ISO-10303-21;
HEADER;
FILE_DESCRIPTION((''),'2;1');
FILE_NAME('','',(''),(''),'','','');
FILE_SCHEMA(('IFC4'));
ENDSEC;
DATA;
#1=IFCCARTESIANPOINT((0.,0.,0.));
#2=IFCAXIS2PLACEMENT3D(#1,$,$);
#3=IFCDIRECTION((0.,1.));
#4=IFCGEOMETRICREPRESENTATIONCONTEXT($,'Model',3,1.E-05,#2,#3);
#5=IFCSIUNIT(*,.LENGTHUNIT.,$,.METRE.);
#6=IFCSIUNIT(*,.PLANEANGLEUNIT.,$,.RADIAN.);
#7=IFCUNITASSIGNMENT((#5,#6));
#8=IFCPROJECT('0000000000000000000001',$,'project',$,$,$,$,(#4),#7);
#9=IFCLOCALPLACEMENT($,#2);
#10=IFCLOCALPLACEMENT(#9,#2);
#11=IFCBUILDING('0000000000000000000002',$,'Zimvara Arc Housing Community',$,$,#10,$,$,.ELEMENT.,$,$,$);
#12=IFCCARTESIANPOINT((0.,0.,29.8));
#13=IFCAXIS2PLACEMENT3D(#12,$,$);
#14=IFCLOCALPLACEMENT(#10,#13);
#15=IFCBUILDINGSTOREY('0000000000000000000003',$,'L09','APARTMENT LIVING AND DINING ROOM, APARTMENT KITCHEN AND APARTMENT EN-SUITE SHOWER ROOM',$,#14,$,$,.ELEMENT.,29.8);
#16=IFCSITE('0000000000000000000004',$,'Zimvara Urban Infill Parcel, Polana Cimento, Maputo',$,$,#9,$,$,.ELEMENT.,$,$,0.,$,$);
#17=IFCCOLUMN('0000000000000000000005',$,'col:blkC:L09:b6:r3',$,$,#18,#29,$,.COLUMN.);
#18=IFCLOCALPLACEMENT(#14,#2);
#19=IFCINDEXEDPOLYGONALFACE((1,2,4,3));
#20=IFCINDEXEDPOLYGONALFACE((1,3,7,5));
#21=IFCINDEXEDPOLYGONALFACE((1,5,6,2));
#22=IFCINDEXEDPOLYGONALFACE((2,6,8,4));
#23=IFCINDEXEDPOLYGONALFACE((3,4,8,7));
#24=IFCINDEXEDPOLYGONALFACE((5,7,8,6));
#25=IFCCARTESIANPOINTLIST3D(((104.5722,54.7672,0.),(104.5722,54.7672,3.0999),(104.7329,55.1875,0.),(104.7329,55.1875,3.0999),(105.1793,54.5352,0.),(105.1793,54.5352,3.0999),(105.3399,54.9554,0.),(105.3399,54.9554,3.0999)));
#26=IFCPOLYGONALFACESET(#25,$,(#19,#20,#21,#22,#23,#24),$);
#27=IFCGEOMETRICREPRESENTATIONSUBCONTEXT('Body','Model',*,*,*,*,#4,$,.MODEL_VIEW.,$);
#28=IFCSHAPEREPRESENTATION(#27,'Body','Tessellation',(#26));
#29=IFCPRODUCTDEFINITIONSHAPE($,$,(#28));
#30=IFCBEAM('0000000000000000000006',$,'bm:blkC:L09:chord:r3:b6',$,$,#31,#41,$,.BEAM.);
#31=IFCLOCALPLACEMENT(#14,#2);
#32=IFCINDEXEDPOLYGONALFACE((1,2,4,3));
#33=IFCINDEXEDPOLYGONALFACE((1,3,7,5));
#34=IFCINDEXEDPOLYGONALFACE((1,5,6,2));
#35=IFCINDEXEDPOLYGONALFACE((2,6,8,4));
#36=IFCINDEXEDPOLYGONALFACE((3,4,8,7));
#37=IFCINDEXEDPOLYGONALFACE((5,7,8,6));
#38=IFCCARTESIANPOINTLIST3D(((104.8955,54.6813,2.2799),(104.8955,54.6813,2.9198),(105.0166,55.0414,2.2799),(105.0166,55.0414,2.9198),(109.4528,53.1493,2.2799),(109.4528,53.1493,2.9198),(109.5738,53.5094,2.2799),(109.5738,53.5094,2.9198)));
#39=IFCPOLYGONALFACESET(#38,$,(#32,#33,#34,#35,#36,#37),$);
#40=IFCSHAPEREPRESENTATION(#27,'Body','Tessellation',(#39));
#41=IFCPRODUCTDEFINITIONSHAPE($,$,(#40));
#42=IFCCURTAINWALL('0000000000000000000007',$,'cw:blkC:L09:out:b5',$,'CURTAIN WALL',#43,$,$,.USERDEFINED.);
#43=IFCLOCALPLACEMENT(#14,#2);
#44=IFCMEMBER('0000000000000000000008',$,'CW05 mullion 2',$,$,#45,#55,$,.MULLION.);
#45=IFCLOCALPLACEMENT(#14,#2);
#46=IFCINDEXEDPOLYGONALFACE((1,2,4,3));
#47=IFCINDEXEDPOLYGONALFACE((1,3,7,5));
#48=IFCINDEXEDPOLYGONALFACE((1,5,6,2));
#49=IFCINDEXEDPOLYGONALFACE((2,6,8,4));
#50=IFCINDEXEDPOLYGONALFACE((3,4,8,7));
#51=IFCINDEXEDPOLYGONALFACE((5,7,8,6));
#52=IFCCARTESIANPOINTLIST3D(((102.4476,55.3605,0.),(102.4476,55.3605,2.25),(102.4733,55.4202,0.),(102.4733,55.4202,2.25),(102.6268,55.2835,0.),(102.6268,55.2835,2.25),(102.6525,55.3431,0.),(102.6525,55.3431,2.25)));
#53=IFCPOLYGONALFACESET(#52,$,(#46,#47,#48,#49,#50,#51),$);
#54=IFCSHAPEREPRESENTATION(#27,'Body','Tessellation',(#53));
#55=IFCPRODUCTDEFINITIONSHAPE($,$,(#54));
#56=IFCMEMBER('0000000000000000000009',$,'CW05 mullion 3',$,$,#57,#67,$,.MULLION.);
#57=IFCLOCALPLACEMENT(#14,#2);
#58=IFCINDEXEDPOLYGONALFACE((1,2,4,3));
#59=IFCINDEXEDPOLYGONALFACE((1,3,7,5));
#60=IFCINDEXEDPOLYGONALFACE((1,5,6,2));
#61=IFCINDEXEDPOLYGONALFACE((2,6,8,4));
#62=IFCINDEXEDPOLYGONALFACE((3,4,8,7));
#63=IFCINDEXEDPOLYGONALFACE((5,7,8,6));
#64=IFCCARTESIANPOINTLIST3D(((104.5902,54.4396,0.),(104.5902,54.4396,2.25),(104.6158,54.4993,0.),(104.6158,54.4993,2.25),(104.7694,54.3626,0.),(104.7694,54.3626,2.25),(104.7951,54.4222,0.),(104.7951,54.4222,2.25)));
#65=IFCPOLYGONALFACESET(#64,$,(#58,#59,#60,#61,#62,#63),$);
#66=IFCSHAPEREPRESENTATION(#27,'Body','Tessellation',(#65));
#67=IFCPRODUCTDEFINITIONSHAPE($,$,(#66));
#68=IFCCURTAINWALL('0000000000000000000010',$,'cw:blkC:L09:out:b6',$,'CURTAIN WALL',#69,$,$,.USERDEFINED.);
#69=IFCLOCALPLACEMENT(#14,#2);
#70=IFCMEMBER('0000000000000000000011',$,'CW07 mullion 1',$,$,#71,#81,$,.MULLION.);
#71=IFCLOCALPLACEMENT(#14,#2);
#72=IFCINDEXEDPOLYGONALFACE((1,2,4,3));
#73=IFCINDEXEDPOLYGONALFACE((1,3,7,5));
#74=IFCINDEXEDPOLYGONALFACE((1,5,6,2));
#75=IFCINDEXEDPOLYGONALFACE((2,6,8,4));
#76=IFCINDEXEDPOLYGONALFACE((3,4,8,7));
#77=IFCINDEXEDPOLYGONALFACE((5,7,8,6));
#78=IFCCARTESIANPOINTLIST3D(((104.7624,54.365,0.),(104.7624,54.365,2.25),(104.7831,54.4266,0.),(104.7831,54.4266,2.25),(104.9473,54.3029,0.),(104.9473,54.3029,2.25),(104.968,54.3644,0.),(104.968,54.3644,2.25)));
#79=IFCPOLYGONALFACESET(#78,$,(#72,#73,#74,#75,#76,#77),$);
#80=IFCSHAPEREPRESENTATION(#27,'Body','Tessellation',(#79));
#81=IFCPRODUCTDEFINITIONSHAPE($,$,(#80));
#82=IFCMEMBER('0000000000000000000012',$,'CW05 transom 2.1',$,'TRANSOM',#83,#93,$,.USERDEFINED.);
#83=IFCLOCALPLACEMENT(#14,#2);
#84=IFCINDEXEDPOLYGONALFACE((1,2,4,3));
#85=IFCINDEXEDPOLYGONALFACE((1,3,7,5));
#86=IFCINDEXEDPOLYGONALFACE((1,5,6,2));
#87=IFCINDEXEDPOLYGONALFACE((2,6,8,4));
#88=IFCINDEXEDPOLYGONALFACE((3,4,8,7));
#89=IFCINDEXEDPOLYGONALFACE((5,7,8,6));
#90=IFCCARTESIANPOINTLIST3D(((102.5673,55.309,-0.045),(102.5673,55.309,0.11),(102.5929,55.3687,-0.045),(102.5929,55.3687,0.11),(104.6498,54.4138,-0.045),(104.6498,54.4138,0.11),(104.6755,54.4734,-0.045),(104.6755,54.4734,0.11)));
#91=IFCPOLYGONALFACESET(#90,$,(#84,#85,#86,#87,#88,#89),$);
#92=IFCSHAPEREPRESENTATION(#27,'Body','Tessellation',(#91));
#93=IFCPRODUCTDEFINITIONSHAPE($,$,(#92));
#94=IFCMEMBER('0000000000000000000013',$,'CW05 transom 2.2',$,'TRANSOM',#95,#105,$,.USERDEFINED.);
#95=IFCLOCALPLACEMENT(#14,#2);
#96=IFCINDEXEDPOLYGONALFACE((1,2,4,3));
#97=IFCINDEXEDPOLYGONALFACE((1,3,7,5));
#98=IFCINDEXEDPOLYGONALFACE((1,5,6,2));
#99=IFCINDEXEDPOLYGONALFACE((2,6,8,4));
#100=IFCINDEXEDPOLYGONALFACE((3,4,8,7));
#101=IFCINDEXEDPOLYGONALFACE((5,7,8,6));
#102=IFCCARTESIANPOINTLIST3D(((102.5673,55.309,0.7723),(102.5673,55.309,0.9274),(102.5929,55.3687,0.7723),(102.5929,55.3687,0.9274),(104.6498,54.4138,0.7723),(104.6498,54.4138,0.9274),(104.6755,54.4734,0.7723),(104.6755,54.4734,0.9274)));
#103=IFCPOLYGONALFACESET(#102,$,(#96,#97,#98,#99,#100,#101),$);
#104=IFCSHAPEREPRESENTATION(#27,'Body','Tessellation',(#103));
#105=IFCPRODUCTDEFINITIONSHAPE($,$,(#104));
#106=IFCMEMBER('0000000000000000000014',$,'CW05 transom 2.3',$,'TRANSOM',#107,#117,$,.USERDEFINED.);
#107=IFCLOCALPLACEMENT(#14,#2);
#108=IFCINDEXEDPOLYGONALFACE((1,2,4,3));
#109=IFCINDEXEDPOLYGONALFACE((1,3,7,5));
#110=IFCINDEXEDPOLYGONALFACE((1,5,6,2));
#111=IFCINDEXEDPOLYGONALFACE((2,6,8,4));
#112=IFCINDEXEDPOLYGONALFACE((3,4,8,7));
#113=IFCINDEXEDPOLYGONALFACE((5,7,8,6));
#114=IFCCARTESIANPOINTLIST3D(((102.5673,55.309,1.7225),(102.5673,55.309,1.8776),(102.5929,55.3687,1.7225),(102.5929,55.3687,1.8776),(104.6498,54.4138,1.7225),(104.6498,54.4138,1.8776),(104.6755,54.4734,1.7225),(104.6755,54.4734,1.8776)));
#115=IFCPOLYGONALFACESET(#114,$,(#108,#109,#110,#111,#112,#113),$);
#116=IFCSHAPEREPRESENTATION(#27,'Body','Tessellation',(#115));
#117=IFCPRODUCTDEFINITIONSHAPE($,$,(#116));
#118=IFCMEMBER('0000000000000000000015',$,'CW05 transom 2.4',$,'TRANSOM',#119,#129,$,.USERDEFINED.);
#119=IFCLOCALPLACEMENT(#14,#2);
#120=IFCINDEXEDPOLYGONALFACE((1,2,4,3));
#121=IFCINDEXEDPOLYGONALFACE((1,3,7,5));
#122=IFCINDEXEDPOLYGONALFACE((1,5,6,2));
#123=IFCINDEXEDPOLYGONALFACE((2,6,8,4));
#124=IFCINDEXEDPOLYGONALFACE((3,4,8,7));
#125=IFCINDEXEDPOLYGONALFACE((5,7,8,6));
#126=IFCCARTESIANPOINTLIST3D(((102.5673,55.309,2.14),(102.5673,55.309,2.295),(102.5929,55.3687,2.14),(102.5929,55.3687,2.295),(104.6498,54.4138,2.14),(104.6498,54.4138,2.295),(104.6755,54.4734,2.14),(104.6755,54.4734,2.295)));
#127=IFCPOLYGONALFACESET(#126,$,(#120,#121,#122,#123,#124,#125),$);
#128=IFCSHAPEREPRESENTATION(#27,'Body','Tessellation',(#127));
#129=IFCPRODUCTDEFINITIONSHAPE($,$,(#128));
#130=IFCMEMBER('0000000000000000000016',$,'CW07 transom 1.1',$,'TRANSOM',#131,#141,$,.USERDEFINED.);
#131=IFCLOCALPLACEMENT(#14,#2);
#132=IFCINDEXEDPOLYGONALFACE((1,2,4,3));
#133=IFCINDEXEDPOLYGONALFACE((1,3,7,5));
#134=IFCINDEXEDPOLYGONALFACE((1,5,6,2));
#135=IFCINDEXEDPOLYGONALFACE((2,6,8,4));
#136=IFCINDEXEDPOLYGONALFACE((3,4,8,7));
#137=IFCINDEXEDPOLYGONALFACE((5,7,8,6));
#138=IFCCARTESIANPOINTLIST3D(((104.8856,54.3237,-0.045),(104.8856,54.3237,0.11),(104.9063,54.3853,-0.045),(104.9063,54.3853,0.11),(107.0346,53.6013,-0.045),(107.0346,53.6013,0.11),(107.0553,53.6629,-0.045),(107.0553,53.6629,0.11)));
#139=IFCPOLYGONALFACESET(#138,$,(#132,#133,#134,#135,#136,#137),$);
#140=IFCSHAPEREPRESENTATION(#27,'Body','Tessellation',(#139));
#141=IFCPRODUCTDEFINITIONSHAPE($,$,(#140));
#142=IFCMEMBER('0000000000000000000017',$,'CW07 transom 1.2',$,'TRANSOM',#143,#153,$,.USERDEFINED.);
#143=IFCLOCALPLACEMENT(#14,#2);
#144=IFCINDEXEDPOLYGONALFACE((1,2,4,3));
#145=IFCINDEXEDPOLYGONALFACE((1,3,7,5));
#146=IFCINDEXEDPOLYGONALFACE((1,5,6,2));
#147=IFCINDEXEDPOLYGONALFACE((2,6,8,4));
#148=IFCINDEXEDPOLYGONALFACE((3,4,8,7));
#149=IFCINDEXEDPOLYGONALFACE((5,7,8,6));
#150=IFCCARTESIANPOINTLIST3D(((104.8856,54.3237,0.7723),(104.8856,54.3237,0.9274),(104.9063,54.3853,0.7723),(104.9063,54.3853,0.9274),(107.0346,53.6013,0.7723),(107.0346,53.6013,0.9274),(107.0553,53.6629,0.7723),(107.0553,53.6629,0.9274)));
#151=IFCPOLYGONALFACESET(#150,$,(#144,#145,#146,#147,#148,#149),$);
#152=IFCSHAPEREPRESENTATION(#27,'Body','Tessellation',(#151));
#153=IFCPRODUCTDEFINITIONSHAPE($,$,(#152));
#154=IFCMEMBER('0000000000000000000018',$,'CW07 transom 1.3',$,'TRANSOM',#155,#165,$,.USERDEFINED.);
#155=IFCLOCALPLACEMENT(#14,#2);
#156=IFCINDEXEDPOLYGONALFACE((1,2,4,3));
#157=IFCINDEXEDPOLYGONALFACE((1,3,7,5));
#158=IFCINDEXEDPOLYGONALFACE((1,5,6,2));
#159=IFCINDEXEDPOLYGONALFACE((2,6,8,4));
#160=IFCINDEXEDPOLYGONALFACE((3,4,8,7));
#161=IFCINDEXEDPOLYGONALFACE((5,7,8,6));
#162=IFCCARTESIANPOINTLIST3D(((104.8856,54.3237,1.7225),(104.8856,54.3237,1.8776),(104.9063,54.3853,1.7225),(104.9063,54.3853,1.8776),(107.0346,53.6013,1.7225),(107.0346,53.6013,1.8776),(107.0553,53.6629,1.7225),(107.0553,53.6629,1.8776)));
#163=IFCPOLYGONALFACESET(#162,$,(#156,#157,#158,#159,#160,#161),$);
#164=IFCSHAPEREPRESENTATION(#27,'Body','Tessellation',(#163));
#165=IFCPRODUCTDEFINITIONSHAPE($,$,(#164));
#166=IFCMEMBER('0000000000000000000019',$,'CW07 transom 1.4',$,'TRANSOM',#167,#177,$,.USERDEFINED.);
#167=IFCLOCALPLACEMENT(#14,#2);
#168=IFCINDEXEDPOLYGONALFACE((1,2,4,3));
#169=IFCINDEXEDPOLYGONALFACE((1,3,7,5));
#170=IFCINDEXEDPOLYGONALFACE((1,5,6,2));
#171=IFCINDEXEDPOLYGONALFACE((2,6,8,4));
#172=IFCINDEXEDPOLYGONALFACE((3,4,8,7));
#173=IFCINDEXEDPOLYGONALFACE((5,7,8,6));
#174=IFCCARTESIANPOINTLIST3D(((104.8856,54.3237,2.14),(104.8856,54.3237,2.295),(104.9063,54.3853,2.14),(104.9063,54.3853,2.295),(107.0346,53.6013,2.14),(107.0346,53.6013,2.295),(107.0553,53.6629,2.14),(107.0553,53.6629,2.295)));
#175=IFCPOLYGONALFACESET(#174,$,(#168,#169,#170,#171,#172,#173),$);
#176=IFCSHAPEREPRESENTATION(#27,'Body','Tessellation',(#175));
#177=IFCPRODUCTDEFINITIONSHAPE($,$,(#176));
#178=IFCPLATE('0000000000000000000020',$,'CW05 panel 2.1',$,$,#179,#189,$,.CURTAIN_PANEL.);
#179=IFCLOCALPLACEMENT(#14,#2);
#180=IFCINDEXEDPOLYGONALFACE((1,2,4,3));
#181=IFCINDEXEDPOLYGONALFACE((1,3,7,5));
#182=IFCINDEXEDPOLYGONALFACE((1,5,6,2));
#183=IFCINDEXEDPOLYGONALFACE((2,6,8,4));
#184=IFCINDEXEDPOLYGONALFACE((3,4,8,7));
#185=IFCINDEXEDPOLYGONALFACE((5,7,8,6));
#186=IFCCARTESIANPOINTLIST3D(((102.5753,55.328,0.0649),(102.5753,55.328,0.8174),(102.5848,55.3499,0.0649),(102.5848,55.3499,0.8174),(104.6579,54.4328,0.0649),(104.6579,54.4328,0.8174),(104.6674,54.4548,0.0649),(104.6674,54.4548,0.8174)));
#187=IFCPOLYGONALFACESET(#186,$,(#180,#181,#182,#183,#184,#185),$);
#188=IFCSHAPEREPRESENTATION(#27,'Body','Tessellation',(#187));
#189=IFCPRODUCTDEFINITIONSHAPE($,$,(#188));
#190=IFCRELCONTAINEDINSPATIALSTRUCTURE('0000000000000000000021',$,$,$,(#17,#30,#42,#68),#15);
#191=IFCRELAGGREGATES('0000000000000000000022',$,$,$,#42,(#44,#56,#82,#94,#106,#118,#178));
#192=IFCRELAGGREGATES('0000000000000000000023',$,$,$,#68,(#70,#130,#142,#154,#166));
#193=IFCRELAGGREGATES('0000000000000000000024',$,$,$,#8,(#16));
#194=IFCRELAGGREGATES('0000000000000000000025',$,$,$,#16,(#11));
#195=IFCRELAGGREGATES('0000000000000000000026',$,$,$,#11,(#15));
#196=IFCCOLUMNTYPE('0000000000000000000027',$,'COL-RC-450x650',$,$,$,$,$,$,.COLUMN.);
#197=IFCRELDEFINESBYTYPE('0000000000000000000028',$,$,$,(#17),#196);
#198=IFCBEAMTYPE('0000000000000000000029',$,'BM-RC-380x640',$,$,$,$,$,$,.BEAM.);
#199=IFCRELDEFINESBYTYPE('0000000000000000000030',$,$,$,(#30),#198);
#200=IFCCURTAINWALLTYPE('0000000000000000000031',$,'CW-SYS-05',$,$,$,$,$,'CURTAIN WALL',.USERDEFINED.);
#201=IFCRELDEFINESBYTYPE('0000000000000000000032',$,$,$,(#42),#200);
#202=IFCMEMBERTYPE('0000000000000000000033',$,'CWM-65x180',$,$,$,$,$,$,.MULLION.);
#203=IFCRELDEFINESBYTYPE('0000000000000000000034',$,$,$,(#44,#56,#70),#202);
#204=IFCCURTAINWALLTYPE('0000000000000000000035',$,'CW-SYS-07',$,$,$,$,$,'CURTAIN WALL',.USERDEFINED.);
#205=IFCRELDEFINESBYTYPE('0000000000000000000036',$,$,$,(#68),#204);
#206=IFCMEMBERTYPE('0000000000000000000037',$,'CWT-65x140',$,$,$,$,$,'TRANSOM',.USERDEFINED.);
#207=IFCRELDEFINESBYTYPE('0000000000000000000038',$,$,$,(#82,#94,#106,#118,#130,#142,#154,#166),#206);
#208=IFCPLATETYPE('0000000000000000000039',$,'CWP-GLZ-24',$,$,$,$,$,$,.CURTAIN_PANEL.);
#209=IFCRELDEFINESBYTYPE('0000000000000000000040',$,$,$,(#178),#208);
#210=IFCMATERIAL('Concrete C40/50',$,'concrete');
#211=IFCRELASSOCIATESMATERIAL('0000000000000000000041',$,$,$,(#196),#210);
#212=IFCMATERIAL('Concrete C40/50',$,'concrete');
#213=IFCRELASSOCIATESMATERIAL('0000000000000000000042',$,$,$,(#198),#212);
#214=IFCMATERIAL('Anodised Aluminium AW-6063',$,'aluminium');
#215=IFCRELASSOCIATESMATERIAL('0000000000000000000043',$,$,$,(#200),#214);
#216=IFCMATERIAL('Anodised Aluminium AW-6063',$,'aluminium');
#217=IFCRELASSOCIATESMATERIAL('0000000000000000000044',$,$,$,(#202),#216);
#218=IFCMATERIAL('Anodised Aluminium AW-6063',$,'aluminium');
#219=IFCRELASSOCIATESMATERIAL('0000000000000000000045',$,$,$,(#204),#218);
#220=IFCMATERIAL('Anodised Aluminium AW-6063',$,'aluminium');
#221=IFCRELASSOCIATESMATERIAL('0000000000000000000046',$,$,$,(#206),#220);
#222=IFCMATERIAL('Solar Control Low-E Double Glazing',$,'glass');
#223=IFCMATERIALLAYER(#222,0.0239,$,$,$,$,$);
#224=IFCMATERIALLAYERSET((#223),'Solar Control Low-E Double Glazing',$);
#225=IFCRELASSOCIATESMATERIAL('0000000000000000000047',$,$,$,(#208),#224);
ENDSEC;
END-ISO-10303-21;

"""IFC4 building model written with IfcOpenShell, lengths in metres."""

from ifc_helpers import new_model, si_unit, direction, frame, origin, origin_2d, place, context, subcontext, project, spatial, rectangle, extrude, material, layer, layer_set, material_profile, profile_set, type_object, element, aggregate, save


model = new_model("IFC4")

# Units and contexts
model_context = context("Model", 3, precision=1e-05, world=origin(), true_north=direction((0.0, 1.0)))
body_context = subcontext(model_context, "Body", "Model", "MODEL_VIEW")
ifc_project = project(units=[si_unit("LENGTHUNIT", "METRE"), si_unit("PLANEANGLEUNIT", "RADIAN")], contexts=[model_context])

# Site, building, storey
site_placement = place(None, origin())
site = spatial("IfcSite", under=ifc_project, at=site_placement, Name="Zimvara Urban Infill Parcel, Polana Cimento, Maputo", CompositionType="ELEMENT", RefElevation=0.0)
building_placement = place(site_placement, origin())
building = spatial("IfcBuilding", under=site, at=building_placement, Name="Zimvara Arc Housing Community", CompositionType="ELEMENT")
storey_placement = place(building_placement, frame((0.0, 0.0, 29.8)))
storey = spatial("IfcBuildingStorey", under=building, at=storey_placement, Name="L09", Description="APARTMENT LIVING AND DINING ROOM, APARTMENT KITCHEN AND APARTMENT EN-SUITE SHOWER ROOM", CompositionType="ELEMENT", Elevation=29.8)

# Column
ifc_material_1 = material(Name="Concrete C40/50", Category="concrete")
ifc_material_profile_1 = material_profile(ifc_material_1, rectangle(XDim=0.45, YDim=0.6499, at=origin_2d()), Name="RC 450x650")
ifc_profile_set_1 = profile_set([ifc_material_profile_1], Name="Concrete C40/50")
column_type = type_object("IfcColumnType", Name="COL-RC-450x650", PredefinedType="COLUMN", material=ifc_profile_set_1)
column_placement = place(storey_placement, frame((104.9561, 54.8613, 0.0), z_axis=(0.0, 0.0, 1.0), x_axis=(-0.357064, -0.93408, 0.0)))
element("IfcColumn", 1, at=column_placement, inside=storey, type_object=column_type, Name="col:blkC:L09:b6:r3", PredefinedType="COLUMN", context=body_context, shape_type="SweptSolid", body=[
    extrude(rectangle(XDim=0.45, YDim=0.6499, at=origin_2d()), origin(), (0.0, 0.0, 1.0), 3.0999),
])

# Beam
ifc_material_2 = material(Name="Concrete C40/50", Category="concrete")
ifc_material_profile_2 = material_profile(ifc_material_2, rectangle(XDim=0.3799, YDim=0.6399, at=origin_2d()), Name="RC 380x640")
ifc_profile_set_2 = profile_set([ifc_material_profile_2], Name="Concrete C40/50")
beam_type = type_object("IfcBeamType", Name="BM-RC-380x640", PredefinedType="BEAM", material=ifc_profile_set_2)
beam_placement = place(storey_placement, frame((104.9561, 54.8613, 2.5999), z_axis=(0.947878, -0.318634, 0.0), x_axis=(0.318634, 0.947878, 0.0)))
element("IfcBeam", 2, at=beam_placement, inside=storey, type_object=beam_type, Name="bm:blkC:L09:chord:r3:b6", PredefinedType="BEAM", context=body_context, shape_type="SweptSolid", body=[
    extrude(rectangle(XDim=0.3799, YDim=0.6399, at=origin_2d()), origin(), (0.0, 0.0, 1.0), 4.8079),
])

# Curtain wall, members
ifc_material_3 = material(Name="Anodised Aluminium AW-6063", Category="aluminium")
curtain_wall_type_1 = type_object("IfcCurtainWallType", Name="CW-SYS-05", ElementType="CURTAIN WALL", PredefinedType="USERDEFINED", material=ifc_material_3)
curtain_wall_1_placement = place(storey_placement, origin())
curtain_wall_1 = element("IfcCurtainWall", 3, at=curtain_wall_1_placement, inside=storey, type_object=curtain_wall_type_1, Name="cw:blkC:L09:out:b5", ObjectType="CURTAIN WALL", PredefinedType="USERDEFINED")
ifc_material_4 = material(Name="Anodised Aluminium AW-6063", Category="aluminium")
ifc_material_profile_3 = material_profile(ifc_material_4, rectangle(XDim=0.0649, YDim=0.1951, at=origin_2d()), Name="ALU 65x195")
ifc_profile_set_3 = profile_set([ifc_material_profile_3], Name="Anodised Aluminium AW-6063")
member_type_1 = type_object("IfcMemberType", Name="CWM-65x180", PredefinedType="MULLION", material=ifc_profile_set_3)
member_1_placement = place(storey_placement, frame((102.55, 55.3518, 0.0), z_axis=(0.0, 0.0, 1.0), x_axis=(0.394904, 0.918722, 0.0)))
member_1 = element("IfcMember", 4, at=member_1_placement, type_object=member_type_1, Name="CW05 mullion 2", PredefinedType="MULLION", context=body_context, shape_type="SweptSolid", body=[
    extrude(rectangle(XDim=0.0649, YDim=0.1951, at=origin_2d()), origin(), (0.0, 0.0, 1.0), 2.25),
])
member_2_placement = place(storey_placement, frame((104.6926, 54.4309, 0.0), z_axis=(0.0, 0.0, 1.0), x_axis=(0.394904, 0.918722, 0.0)))
member_2 = element("IfcMember", 5, at=member_2_placement, type_object=member_type_1, Name="CW05 mullion 3", PredefinedType="MULLION", context=body_context, shape_type="SweptSolid", body=[
    extrude(rectangle(XDim=0.0649, YDim=0.1951, at=origin_2d()), origin(), (0.0, 0.0, 1.0), 2.25),
])

# Curtain wall, member
ifc_material_5 = material(Name="Anodised Aluminium AW-6063", Category="aluminium")
curtain_wall_type_2 = type_object("IfcCurtainWallType", Name="CW-SYS-07", ElementType="CURTAIN WALL", PredefinedType="USERDEFINED", material=ifc_material_5)
curtain_wall_2_placement = place(storey_placement, origin())
curtain_wall_2 = element("IfcCurtainWall", 6, at=curtain_wall_2_placement, inside=storey, type_object=curtain_wall_type_2, Name="cw:blkC:L09:out:b6", ObjectType="CURTAIN WALL", PredefinedType="USERDEFINED")
member_3_placement = place(storey_placement, frame((104.8652, 54.3647, 0.0), z_axis=(0.0, 0.0, 1.0), x_axis=(0.318629, 0.94788, 0.0)))
member_3 = element("IfcMember", 7, at=member_3_placement, type_object=member_type_1, Name="CW07 mullion 1", PredefinedType="MULLION", context=body_context, shape_type="SweptSolid", body=[
    extrude(rectangle(XDim=0.0649, YDim=0.1951, at=origin_2d()), origin(), (0.0, 0.0, 1.0), 2.25),
])

# Members
ifc_material_6 = material(Name="Anodised Aluminium AW-6063", Category="aluminium")
ifc_material_profile_4 = material_profile(ifc_material_6, rectangle(XDim=0.0649, YDim=0.155, at=origin_2d()), Name="ALU 65x155")
ifc_profile_set_4 = profile_set([ifc_material_profile_4], Name="Anodised Aluminium AW-6063")
member_type_2 = type_object("IfcMemberType", Name="CWT-65x140", ElementType="TRANSOM", PredefinedType="USERDEFINED", material=ifc_profile_set_4)
member_4_placement = place(storey_placement, frame((102.5801, 55.3389, 0.0325), z_axis=(0.918704, -0.394946, 0.0), x_axis=(0.394946, 0.918704, 0.0)))
member_4 = element("IfcMember", 8, at=member_4_placement, type_object=member_type_2, Name="CW05 transom 2.1", ObjectType="TRANSOM", PredefinedType="USERDEFINED", context=body_context, shape_type="SweptSolid", body=[
    extrude(rectangle(XDim=0.0649, YDim=0.155, at=origin_2d()), origin(), (0.0, 0.0, 1.0), 2.2668),
])
member_5_placement = place(storey_placement, frame((102.5801, 55.3389, 0.8499), z_axis=(0.918704, -0.394946, 0.0), x_axis=(0.394946, 0.918704, 0.0)))
member_5 = element("IfcMember", 9, at=member_5_placement, type_object=member_type_2, Name="CW05 transom 2.2", ObjectType="TRANSOM", PredefinedType="USERDEFINED", context=body_context, shape_type="SweptSolid", body=[
    extrude(rectangle(XDim=0.0649, YDim=0.155, at=origin_2d()), origin(), (0.0, 0.0, 1.0), 2.2668),
])
member_6_placement = place(storey_placement, frame((102.5801, 55.3389, 1.8), z_axis=(0.918704, -0.394946, 0.0), x_axis=(0.394946, 0.918704, 0.0)))
member_6 = element("IfcMember", 10, at=member_6_placement, type_object=member_type_2, Name="CW05 transom 2.3", ObjectType="TRANSOM", PredefinedType="USERDEFINED", context=body_context, shape_type="SweptSolid", body=[
    extrude(rectangle(XDim=0.0649, YDim=0.155, at=origin_2d()), origin(), (0.0, 0.0, 1.0), 2.2668),
])
member_7_placement = place(storey_placement, frame((102.5801, 55.3389, 2.2175), z_axis=(0.918704, -0.394946, 0.0), x_axis=(0.394946, 0.918704, 0.0)))
member_7 = element("IfcMember", 11, at=member_7_placement, type_object=member_type_2, Name="CW05 transom 2.4", ObjectType="TRANSOM", PredefinedType="USERDEFINED", context=body_context, shape_type="SweptSolid", body=[
    extrude(rectangle(XDim=0.0649, YDim=0.155, at=origin_2d()), origin(), (0.0, 0.0, 1.0), 2.2668),
])
member_8_placement = place(storey_placement, frame((104.896, 54.3545, 0.0325), z_axis=(0.947873, -0.31865, 0.0), x_axis=(0.31865, 0.947873, 0.0)))
member_8 = element("IfcMember", 12, at=member_8_placement, type_object=member_type_2, Name="CW07 transom 1.1", ObjectType="TRANSOM", PredefinedType="USERDEFINED", context=body_context, shape_type="SweptSolid", body=[
    extrude(rectangle(XDim=0.0649, YDim=0.155, at=origin_2d()), origin(), (0.0, 0.0, 1.0), 2.2671),
])
member_9_placement = place(storey_placement, frame((104.896, 54.3545, 0.8499), z_axis=(0.947873, -0.31865, 0.0), x_axis=(0.31865, 0.947873, 0.0)))
member_9 = element("IfcMember", 13, at=member_9_placement, type_object=member_type_2, Name="CW07 transom 1.2", ObjectType="TRANSOM", PredefinedType="USERDEFINED", context=body_context, shape_type="SweptSolid", body=[
    extrude(rectangle(XDim=0.0649, YDim=0.155, at=origin_2d()), origin(), (0.0, 0.0, 1.0), 2.2671),
])
member_10_placement = place(storey_placement, frame((104.896, 54.3545, 1.8), z_axis=(0.947873, -0.31865, 0.0), x_axis=(0.31865, 0.947873, 0.0)))
member_10 = element("IfcMember", 14, at=member_10_placement, type_object=member_type_2, Name="CW07 transom 1.3", ObjectType="TRANSOM", PredefinedType="USERDEFINED", context=body_context, shape_type="SweptSolid", body=[
    extrude(rectangle(XDim=0.0649, YDim=0.155, at=origin_2d()), origin(), (0.0, 0.0, 1.0), 2.2671),
])
member_11_placement = place(storey_placement, frame((104.896, 54.3545, 2.2175), z_axis=(0.947873, -0.31865, 0.0), x_axis=(0.31865, 0.947873, 0.0)))
member_11 = element("IfcMember", 15, at=member_11_placement, type_object=member_type_2, Name="CW07 transom 1.4", ObjectType="TRANSOM", PredefinedType="USERDEFINED", context=body_context, shape_type="SweptSolid", body=[
    extrude(rectangle(XDim=0.0649, YDim=0.155, at=origin_2d()), origin(), (0.0, 0.0, 1.0), 2.2671),
])

# Plate
ifc_material_7 = material(Name="Solar Control Low-E Double Glazing", Category="glass")
ifc_layer_1 = layer(ifc_material_7, 0.0239)
ifc_layer_set_1 = layer_set([ifc_layer_1], Name="Solar Control Low-E Double Glazing")
plate_type_1 = type_object("IfcPlateType", Name="CWP-GLZ-24", PredefinedType="CURTAIN_PANEL", material=ifc_layer_set_1)
plate_1_placement = place(storey_placement, frame((103.6213, 54.8914, 0.0649), z_axis=(0.0, 0.0, 1.0), x_axis=(0.918722, -0.394904, 0.0)))
plate_1 = element("IfcPlate", 16, at=plate_1_placement, type_object=plate_type_1, Name="CW05 panel 2.1", PredefinedType="CURTAIN_PANEL", context=body_context, shape_type="SweptSolid", body=[
    extrude(rectangle(XDim=2.2668, YDim=0.0239, at=origin_2d()), origin(), (0.0, 0.0, 1.0), 0.7524),
])
aggregate(curtain_wall_1, [member_1, member_2, member_4, member_5, member_6, member_7, plate_1])
aggregate(curtain_wall_2, [member_3, member_8, member_9, member_10, member_11])

save(model, "model.ifc")
